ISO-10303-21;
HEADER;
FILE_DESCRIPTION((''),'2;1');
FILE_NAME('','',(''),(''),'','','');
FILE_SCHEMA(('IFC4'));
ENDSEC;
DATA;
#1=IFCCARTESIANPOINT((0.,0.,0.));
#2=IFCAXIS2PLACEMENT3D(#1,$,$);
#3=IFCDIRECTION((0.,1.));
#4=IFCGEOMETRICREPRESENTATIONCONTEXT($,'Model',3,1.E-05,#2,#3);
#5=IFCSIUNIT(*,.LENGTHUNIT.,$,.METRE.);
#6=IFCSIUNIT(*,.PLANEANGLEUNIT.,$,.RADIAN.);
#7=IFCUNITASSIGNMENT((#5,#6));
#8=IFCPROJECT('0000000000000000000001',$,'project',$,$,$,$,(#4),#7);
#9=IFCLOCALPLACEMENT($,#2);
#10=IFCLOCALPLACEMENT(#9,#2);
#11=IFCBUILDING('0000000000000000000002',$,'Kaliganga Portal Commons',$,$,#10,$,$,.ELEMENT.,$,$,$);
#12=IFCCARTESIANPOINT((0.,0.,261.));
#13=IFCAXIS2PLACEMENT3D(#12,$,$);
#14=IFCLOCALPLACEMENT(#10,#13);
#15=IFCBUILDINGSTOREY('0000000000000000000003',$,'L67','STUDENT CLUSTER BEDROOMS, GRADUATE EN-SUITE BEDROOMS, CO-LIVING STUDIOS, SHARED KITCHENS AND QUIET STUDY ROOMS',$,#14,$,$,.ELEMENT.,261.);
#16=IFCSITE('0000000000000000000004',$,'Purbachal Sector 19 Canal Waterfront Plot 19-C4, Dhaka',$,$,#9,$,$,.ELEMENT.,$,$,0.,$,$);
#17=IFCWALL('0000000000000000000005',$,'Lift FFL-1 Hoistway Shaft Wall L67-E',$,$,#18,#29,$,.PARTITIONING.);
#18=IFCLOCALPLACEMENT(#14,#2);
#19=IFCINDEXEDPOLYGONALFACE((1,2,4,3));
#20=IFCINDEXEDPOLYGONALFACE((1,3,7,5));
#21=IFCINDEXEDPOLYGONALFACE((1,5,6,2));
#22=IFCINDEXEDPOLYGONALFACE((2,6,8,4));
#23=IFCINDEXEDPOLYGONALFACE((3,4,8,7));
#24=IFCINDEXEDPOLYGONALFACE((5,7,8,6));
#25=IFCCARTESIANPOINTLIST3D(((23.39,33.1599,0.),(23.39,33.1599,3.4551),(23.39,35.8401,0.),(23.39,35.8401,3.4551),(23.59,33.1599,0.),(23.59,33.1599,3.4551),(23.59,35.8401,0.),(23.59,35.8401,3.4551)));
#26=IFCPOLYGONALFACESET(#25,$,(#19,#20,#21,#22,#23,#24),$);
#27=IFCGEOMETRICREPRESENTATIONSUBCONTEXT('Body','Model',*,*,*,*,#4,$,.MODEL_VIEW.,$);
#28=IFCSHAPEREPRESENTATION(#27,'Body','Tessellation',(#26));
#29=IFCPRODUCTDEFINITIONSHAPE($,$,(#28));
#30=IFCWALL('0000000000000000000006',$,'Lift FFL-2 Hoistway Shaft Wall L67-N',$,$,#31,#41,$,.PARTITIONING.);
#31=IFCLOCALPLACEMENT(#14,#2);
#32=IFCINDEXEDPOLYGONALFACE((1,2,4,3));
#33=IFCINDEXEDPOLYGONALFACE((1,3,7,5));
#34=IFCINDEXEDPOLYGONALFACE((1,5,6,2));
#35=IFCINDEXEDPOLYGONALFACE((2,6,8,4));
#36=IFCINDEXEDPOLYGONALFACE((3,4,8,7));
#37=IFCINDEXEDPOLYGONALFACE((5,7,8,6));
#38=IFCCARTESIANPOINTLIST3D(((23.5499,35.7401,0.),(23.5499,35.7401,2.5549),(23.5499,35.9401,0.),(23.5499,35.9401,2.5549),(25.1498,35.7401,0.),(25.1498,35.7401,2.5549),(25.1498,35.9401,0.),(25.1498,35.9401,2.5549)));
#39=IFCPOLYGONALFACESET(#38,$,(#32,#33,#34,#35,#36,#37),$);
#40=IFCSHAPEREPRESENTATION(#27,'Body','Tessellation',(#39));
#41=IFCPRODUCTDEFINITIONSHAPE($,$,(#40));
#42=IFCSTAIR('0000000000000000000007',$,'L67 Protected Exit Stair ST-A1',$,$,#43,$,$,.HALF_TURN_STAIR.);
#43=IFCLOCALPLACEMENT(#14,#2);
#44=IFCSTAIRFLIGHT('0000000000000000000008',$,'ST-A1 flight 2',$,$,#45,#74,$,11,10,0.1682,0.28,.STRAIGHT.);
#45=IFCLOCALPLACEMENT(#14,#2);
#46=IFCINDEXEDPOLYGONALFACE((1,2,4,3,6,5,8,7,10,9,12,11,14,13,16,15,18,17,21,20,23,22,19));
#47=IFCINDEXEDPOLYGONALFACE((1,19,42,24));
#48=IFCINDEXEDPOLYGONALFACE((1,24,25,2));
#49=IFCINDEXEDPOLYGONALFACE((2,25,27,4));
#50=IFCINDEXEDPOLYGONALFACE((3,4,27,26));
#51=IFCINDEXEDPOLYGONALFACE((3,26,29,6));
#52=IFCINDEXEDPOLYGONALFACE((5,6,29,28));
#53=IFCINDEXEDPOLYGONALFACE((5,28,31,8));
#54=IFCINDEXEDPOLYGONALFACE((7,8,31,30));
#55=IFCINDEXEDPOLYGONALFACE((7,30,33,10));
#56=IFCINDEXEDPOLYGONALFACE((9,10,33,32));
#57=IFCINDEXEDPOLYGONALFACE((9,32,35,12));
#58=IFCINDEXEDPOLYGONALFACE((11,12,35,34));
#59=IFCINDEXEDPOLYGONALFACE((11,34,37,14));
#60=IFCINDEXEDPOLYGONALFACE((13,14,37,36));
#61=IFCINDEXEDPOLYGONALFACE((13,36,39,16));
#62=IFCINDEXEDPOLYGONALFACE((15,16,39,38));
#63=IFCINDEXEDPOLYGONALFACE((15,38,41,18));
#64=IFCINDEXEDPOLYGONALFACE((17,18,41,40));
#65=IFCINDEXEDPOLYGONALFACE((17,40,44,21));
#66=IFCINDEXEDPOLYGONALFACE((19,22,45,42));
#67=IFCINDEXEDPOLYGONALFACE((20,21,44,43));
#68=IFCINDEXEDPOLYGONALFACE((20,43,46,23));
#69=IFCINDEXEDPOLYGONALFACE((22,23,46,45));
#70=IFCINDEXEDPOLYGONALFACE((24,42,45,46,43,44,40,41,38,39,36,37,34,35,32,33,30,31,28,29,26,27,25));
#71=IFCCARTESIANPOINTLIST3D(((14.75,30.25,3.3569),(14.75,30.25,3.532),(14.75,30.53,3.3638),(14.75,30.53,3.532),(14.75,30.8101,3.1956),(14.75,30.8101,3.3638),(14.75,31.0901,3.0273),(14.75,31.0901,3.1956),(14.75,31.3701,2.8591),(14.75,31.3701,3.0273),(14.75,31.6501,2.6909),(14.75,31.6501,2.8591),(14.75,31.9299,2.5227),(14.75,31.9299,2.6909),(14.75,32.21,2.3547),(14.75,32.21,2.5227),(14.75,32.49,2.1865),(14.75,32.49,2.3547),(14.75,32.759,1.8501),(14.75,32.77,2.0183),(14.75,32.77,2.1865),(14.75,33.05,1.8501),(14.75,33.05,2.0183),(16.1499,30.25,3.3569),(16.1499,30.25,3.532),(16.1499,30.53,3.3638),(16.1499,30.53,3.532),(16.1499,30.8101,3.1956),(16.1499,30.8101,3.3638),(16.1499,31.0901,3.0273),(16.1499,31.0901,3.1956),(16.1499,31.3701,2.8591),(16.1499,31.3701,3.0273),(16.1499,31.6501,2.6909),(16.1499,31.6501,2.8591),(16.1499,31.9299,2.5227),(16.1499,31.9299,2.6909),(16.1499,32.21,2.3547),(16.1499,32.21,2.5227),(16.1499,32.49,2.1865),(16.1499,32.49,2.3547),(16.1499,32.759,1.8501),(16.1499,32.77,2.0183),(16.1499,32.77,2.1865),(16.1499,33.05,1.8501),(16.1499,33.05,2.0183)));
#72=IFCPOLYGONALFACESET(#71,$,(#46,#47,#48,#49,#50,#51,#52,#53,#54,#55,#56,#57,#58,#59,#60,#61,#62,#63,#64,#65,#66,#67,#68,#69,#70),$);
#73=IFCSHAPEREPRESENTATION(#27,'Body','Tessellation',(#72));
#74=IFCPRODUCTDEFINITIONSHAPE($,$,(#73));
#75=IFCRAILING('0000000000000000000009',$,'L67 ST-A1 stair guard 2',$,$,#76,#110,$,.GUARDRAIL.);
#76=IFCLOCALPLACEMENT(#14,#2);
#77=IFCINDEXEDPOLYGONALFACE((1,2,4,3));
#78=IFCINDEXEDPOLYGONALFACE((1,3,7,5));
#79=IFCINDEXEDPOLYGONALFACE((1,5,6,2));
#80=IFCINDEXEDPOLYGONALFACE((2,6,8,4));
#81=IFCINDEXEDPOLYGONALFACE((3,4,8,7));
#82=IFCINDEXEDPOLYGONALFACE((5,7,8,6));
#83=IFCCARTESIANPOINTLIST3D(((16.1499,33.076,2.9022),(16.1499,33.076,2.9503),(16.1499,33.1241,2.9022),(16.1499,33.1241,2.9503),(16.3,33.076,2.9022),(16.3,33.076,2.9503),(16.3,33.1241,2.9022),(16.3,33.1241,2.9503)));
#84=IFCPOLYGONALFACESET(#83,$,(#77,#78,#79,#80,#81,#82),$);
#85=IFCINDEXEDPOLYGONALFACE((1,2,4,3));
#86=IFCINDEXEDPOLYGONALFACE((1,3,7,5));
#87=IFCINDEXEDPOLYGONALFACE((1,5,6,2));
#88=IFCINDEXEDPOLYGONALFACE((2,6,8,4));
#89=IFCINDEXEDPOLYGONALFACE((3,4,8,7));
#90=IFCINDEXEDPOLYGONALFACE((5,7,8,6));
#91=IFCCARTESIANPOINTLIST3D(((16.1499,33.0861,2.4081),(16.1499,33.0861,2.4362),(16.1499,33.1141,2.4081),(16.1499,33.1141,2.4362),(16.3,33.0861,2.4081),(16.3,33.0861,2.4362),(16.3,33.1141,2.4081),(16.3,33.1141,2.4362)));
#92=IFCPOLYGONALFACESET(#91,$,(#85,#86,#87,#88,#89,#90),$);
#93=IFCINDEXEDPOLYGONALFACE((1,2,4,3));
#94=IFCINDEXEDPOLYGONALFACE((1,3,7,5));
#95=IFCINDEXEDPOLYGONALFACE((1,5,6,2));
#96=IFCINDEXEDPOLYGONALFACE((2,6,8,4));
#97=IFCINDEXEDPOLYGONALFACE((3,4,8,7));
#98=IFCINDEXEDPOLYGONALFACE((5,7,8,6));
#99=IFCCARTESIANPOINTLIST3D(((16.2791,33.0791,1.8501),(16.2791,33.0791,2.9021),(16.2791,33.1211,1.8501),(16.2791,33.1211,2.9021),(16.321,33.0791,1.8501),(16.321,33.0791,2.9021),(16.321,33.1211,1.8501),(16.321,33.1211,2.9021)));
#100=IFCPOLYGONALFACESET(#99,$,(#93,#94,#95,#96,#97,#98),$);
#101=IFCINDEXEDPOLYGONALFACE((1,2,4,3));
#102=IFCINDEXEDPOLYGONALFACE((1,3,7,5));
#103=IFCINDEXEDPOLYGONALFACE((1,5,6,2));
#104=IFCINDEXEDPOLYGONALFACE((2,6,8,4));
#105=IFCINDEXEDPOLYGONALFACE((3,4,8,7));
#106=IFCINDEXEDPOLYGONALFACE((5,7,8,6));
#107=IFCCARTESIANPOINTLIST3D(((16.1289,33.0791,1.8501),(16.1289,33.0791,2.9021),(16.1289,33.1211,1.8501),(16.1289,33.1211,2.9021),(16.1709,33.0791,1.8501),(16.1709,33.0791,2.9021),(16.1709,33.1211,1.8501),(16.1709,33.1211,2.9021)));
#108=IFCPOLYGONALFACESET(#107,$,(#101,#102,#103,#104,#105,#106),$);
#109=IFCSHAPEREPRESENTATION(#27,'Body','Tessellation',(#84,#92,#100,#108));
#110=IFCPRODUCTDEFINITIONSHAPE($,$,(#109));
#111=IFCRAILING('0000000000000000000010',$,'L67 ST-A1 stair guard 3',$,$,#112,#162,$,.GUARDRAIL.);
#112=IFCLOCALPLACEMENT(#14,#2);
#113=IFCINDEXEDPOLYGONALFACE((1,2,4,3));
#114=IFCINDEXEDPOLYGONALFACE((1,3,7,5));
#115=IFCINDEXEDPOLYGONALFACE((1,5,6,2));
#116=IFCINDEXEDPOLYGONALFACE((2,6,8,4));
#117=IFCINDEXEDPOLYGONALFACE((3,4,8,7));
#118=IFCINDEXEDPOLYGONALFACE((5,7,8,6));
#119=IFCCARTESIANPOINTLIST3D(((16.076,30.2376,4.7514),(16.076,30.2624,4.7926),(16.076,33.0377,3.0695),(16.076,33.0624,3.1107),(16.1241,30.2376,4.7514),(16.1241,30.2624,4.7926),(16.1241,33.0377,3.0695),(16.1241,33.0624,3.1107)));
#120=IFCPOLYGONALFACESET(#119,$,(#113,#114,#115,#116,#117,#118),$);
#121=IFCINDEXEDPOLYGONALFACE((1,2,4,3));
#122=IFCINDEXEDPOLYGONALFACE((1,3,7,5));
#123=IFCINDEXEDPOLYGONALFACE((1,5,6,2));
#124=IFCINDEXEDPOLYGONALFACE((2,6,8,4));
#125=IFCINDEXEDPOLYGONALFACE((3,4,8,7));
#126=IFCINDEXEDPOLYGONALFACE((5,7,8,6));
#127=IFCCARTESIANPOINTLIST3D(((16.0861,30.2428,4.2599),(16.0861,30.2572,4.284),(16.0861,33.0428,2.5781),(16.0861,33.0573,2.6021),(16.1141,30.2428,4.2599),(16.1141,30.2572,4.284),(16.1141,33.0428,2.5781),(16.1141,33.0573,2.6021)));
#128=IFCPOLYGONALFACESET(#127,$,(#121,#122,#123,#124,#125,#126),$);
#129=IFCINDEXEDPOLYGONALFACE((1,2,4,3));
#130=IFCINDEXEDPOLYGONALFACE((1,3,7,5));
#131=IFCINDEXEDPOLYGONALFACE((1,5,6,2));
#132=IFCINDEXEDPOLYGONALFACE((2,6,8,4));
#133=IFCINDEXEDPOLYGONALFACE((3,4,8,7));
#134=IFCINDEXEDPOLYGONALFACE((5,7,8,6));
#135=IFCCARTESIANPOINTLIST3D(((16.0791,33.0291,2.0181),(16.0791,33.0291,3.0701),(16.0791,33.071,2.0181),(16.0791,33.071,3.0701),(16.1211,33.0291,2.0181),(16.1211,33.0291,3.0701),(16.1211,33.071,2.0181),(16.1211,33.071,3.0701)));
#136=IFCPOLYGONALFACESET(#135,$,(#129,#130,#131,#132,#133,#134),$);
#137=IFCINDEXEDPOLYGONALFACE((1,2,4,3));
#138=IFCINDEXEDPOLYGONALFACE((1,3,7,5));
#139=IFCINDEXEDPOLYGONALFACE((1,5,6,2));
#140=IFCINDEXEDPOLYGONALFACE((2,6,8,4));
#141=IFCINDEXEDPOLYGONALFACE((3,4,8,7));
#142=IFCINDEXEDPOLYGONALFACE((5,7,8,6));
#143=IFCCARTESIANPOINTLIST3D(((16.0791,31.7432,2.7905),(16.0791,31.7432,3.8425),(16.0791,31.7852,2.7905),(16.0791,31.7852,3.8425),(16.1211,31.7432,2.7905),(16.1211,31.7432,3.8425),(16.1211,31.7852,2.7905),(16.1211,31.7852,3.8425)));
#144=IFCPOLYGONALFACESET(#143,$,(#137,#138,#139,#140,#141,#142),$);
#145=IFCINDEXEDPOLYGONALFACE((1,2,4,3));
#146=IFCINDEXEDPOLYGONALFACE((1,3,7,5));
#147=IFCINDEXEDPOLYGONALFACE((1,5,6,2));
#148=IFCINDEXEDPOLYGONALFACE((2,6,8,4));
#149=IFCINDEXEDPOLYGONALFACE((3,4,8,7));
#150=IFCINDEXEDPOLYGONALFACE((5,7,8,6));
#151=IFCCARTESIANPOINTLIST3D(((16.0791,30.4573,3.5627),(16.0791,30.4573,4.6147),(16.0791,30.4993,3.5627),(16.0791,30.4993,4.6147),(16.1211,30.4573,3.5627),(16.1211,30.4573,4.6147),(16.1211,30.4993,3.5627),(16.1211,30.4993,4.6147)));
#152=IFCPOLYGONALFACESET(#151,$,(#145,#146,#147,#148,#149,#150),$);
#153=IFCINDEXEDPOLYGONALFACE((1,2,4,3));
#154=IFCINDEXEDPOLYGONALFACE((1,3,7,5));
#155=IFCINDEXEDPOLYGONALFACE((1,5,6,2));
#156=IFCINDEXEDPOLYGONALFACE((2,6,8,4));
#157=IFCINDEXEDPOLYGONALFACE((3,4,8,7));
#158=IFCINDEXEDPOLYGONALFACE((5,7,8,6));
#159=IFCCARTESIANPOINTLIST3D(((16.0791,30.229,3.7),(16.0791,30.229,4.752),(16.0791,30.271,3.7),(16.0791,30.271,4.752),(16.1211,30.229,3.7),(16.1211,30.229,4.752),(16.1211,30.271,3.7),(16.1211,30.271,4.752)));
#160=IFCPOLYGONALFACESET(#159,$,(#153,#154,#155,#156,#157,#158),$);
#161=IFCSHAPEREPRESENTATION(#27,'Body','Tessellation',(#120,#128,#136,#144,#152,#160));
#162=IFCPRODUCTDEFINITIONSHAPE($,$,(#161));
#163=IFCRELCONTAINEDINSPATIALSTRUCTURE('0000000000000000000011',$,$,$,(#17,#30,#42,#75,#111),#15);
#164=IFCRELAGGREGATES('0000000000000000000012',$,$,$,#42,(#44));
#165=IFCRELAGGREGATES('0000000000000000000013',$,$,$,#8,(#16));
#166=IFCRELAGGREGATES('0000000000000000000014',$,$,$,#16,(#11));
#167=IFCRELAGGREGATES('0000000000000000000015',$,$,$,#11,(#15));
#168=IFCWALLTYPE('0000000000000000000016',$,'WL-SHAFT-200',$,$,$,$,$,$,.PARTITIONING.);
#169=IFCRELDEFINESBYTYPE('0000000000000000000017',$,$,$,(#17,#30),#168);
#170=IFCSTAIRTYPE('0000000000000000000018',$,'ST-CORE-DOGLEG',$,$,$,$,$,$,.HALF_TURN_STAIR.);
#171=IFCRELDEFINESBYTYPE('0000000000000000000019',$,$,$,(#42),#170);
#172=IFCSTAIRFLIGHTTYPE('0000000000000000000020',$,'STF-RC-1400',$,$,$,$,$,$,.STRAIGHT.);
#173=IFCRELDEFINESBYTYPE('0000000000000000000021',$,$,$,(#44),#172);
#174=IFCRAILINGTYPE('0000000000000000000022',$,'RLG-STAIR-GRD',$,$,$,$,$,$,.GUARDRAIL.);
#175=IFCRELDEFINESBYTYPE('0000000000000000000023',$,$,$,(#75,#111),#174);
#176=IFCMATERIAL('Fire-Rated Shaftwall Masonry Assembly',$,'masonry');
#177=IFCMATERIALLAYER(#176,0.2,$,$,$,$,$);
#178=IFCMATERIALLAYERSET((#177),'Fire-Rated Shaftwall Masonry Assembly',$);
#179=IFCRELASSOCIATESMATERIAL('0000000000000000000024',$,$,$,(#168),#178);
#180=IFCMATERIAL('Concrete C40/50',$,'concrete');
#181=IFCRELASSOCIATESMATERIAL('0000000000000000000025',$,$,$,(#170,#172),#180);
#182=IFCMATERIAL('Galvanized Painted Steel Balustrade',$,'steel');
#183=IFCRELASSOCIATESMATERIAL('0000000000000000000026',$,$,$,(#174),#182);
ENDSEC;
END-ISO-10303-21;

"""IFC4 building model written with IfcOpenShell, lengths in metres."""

from ifc_helpers import new_model, si_unit, direction, frame, frame_2d, origin, origin_2d, place, context, subcontext, project, spatial, polyline, rectangle, outline, extrude, material, layer, layer_set, type_object, element, aggregate, save


model = new_model("IFC4")

# Units and contexts
model_context = context("Model", 3, precision=1e-05, world=origin(), true_north=direction((0.0, 1.0)))
body_context = subcontext(model_context, "Body", "Model", "MODEL_VIEW")
ifc_project = project(units=[si_unit("LENGTHUNIT", "METRE"), si_unit("PLANEANGLEUNIT", "RADIAN")], contexts=[model_context])

# Site, building, storey
site_placement = place(None, origin())
site = spatial("IfcSite", under=ifc_project, at=site_placement, Name="Purbachal Sector 19 Canal Waterfront Plot 19-C4, Dhaka", CompositionType="ELEMENT", RefElevation=0.0)
building_placement = place(site_placement, origin())
building = spatial("IfcBuilding", under=site, at=building_placement, Name="Kaliganga Portal Commons", CompositionType="ELEMENT")
storey_placement = place(building_placement, frame((0.0, 0.0, 261.0)))
storey = spatial("IfcBuildingStorey", under=building, at=storey_placement, Name="L67", Description="STUDENT CLUSTER BEDROOMS, GRADUATE EN-SUITE BEDROOMS, CO-LIVING STUDIOS, SHARED KITCHENS AND QUIET STUDY ROOMS", CompositionType="ELEMENT", Elevation=261.0)

# Shared definitions
ifc_material_1 = material(Name="Fire-Rated Shaftwall Masonry Assembly", Category="masonry")
ifc_layer_1 = layer(ifc_material_1, 0.2)
ifc_layer_set_1 = layer_set([ifc_layer_1], Name="Fire-Rated Shaftwall Masonry Assembly")
wall_type_1 = type_object("IfcWallType", Name="WL-SHAFT-200", PredefinedType="PARTITIONING", material=ifc_layer_set_1)

# Wall
for number, where, z_axis, x_axis, name in (
    (1, (23.49, 33.1599, 0.0), (0.0, 0.0, 1.0), (0.0, 1.0, 0.0), "Lift FFL-1 Hoistway Shaft Wall L67-E"),
):
    element("IfcWall", number, at=place(storey_placement, frame(where, z_axis=z_axis, x_axis=x_axis)), inside=storey, type_object=wall_type_1, Name=name, PredefinedType="PARTITIONING", context=body_context, shape_type="SweptSolid", body=[
        extrude(rectangle(XDim=2.6802, YDim=0.2, at=frame_2d((1.3401, 0.0))), origin(), (0.0, 0.0, 1.0), 3.4551),
    ])

# Wall
wall_1_placement = place(storey_placement, frame((23.55, 35.8401, 0.0), z_axis=(0.0, 0.0, 1.0), x_axis=(1.0, 0.0, 0.0)))
element("IfcWall", 2, at=wall_1_placement, inside=storey, type_object=wall_type_1, Name="Lift FFL-2 Hoistway Shaft Wall L67-N", PredefinedType="PARTITIONING", context=body_context, shape_type="SweptSolid", body=[
    extrude(rectangle(XDim=1.5999, YDim=0.2, at=frame_2d((0.7998, 0.0))), origin(), (0.0, 0.0, 1.0), 2.5549),
])

# Stair, stair flight
ifc_material_2 = material(Name="Concrete C40/50", Category="concrete")
stair_type = type_object("IfcStairType", Name="ST-CORE-DOGLEG", PredefinedType="HALF_TURN_STAIR", material=ifc_material_2)
stair_placement = place(storey_placement, origin())
stair = element("IfcStair", 3, at=stair_placement, inside=storey, type_object=stair_type, Name="L67 Protected Exit Stair ST-A1", PredefinedType="HALF_TURN_STAIR")
stair_flight_type = type_object("IfcStairFlightType", Name="STF-RC-1400", PredefinedType="STRAIGHT", material=ifc_material_2)
stair_flight_placement = place(storey_placement, frame((15.45, 33.05, 1.8501), z_axis=(0.0, 0.0, 1.0), x_axis=(0.0, -1.0, 0.0)))
stair_flight = element("IfcStairFlight", 4, at=stair_flight_placement, type_object=stair_flight_type, Name="ST-A1 flight 2", NumberOfRisers=11, NumberOfTreads=10, PredefinedType="STRAIGHT", RiserHeight=0.1682, TreadLength=0.28, context=body_context, shape_type="SweptSolid", body=[
    extrude(outline(polyline([(0.0, 0.0), (0.0, 0.1682), (0.28, 0.1682), (0.28, 0.3364), (0.5601, 0.3364), (0.5601, 0.5046), (0.8401, 0.5046), (0.8401, 0.6726), (1.1201, 0.6726), (1.1201, 0.8408), (1.3999, 0.8408), (1.3999, 1.009), (1.6799, 1.009), (1.6799, 1.1772), (1.96, 1.1772), (1.96, 1.3455), (2.24, 1.3455), (2.24, 1.5137), (2.52, 1.5137), (2.52, 1.6819), (2.8, 1.6819), (2.8, 1.8501), (2.8, 1.5068), (0.291, 0.0), (0.0, 0.0)])), frame((0.0, 0.7, 0.0), z_axis=(0.0, -1.0, 0.0), x_axis=(1.0, 0.0, 0.0)), (0.0, 0.0, 1.0), 1.3999),
])
aggregate(stair, [stair_flight])

# Railings
ifc_material_3 = material(Name="Galvanized Painted Steel Balustrade", Category="steel")
railing_type = type_object("IfcRailingType", Name="RLG-STAIR-GRD", PredefinedType="GUARDRAIL", material=ifc_material_3)
railing_1_placement = place(storey_placement, frame((16.3, 33.1001, 1.8501)))
element("IfcRailing", 5, at=railing_1_placement, inside=storey, type_object=railing_type, Name="L67 ST-A1 stair guard 2", PredefinedType="GUARDRAIL", context=body_context, shape_type="SweptSolid", body=[
    extrude(rectangle(XDim=0.0481, YDim=0.0481, at=origin_2d()), frame((0.0, 0.0, 1.0762), z_axis=(-1.0, 0.0, 0.0), x_axis=(0.0, -1.0, 0.0)), (0.0, 0.0, 1.0), 0.1501),
    extrude(rectangle(XDim=0.0281, YDim=0.0281, at=origin_2d()), frame((0.0, 0.0, 0.572), z_axis=(-1.0, 0.0, 0.0), x_axis=(0.0, -1.0, 0.0)), (0.0, 0.0, 1.0), 0.1501),
    extrude(rectangle(XDim=0.042, YDim=0.042, at=origin_2d()), origin(), (0.0, 0.0, 1.0), 1.052),
    extrude(rectangle(XDim=0.042, YDim=0.042, at=origin_2d()), frame((-0.1501, 0.0, 0.0)), (0.0, 0.0, 1.0), 1.052),
])
railing_2_placement = place(storey_placement, frame((16.1001, 33.05, 2.0181)))
element("IfcRailing", 6, at=railing_2_placement, inside=storey, type_object=railing_type, Name="L67 ST-A1 stair guard 3", PredefinedType="GUARDRAIL", context=body_context, shape_type="SweptSolid", body=[
    extrude(rectangle(XDim=0.0481, YDim=0.0481, at=origin_2d()), frame((0.0, 0.0, 1.072), z_axis=(0.0, -0.857242, 0.514913), x_axis=(1.0, 0.0, 0.0)), (0.0, 0.0, 1.0), 3.2664),
    extrude(rectangle(XDim=0.0281, YDim=0.0281, at=origin_2d()), frame((0.0, 0.0, 0.572), z_axis=(0.0, -0.857242, 0.514913), x_axis=(1.0, 0.0, 0.0)), (0.0, 0.0, 1.0), 3.2664),
    extrude(rectangle(XDim=0.042, YDim=0.042, at=origin_2d()), origin(), (0.0, 0.0, 1.0), 1.052),
    extrude(rectangle(XDim=0.042, YDim=0.042, at=origin_2d()), frame((0.0, -1.2859, 0.7725)), (0.0, 0.0, 1.0), 1.052),
    extrude(rectangle(XDim=0.042, YDim=0.042, at=origin_2d()), frame((0.0, -2.5718, 1.5447)), (0.0, 0.0, 1.0), 1.052),
    extrude(rectangle(XDim=0.042, YDim=0.042, at=origin_2d()), frame((0.0, -2.8, 1.6819)), (0.0, 0.0, 1.0), 1.052),
])

save(model, "model.ifc")
